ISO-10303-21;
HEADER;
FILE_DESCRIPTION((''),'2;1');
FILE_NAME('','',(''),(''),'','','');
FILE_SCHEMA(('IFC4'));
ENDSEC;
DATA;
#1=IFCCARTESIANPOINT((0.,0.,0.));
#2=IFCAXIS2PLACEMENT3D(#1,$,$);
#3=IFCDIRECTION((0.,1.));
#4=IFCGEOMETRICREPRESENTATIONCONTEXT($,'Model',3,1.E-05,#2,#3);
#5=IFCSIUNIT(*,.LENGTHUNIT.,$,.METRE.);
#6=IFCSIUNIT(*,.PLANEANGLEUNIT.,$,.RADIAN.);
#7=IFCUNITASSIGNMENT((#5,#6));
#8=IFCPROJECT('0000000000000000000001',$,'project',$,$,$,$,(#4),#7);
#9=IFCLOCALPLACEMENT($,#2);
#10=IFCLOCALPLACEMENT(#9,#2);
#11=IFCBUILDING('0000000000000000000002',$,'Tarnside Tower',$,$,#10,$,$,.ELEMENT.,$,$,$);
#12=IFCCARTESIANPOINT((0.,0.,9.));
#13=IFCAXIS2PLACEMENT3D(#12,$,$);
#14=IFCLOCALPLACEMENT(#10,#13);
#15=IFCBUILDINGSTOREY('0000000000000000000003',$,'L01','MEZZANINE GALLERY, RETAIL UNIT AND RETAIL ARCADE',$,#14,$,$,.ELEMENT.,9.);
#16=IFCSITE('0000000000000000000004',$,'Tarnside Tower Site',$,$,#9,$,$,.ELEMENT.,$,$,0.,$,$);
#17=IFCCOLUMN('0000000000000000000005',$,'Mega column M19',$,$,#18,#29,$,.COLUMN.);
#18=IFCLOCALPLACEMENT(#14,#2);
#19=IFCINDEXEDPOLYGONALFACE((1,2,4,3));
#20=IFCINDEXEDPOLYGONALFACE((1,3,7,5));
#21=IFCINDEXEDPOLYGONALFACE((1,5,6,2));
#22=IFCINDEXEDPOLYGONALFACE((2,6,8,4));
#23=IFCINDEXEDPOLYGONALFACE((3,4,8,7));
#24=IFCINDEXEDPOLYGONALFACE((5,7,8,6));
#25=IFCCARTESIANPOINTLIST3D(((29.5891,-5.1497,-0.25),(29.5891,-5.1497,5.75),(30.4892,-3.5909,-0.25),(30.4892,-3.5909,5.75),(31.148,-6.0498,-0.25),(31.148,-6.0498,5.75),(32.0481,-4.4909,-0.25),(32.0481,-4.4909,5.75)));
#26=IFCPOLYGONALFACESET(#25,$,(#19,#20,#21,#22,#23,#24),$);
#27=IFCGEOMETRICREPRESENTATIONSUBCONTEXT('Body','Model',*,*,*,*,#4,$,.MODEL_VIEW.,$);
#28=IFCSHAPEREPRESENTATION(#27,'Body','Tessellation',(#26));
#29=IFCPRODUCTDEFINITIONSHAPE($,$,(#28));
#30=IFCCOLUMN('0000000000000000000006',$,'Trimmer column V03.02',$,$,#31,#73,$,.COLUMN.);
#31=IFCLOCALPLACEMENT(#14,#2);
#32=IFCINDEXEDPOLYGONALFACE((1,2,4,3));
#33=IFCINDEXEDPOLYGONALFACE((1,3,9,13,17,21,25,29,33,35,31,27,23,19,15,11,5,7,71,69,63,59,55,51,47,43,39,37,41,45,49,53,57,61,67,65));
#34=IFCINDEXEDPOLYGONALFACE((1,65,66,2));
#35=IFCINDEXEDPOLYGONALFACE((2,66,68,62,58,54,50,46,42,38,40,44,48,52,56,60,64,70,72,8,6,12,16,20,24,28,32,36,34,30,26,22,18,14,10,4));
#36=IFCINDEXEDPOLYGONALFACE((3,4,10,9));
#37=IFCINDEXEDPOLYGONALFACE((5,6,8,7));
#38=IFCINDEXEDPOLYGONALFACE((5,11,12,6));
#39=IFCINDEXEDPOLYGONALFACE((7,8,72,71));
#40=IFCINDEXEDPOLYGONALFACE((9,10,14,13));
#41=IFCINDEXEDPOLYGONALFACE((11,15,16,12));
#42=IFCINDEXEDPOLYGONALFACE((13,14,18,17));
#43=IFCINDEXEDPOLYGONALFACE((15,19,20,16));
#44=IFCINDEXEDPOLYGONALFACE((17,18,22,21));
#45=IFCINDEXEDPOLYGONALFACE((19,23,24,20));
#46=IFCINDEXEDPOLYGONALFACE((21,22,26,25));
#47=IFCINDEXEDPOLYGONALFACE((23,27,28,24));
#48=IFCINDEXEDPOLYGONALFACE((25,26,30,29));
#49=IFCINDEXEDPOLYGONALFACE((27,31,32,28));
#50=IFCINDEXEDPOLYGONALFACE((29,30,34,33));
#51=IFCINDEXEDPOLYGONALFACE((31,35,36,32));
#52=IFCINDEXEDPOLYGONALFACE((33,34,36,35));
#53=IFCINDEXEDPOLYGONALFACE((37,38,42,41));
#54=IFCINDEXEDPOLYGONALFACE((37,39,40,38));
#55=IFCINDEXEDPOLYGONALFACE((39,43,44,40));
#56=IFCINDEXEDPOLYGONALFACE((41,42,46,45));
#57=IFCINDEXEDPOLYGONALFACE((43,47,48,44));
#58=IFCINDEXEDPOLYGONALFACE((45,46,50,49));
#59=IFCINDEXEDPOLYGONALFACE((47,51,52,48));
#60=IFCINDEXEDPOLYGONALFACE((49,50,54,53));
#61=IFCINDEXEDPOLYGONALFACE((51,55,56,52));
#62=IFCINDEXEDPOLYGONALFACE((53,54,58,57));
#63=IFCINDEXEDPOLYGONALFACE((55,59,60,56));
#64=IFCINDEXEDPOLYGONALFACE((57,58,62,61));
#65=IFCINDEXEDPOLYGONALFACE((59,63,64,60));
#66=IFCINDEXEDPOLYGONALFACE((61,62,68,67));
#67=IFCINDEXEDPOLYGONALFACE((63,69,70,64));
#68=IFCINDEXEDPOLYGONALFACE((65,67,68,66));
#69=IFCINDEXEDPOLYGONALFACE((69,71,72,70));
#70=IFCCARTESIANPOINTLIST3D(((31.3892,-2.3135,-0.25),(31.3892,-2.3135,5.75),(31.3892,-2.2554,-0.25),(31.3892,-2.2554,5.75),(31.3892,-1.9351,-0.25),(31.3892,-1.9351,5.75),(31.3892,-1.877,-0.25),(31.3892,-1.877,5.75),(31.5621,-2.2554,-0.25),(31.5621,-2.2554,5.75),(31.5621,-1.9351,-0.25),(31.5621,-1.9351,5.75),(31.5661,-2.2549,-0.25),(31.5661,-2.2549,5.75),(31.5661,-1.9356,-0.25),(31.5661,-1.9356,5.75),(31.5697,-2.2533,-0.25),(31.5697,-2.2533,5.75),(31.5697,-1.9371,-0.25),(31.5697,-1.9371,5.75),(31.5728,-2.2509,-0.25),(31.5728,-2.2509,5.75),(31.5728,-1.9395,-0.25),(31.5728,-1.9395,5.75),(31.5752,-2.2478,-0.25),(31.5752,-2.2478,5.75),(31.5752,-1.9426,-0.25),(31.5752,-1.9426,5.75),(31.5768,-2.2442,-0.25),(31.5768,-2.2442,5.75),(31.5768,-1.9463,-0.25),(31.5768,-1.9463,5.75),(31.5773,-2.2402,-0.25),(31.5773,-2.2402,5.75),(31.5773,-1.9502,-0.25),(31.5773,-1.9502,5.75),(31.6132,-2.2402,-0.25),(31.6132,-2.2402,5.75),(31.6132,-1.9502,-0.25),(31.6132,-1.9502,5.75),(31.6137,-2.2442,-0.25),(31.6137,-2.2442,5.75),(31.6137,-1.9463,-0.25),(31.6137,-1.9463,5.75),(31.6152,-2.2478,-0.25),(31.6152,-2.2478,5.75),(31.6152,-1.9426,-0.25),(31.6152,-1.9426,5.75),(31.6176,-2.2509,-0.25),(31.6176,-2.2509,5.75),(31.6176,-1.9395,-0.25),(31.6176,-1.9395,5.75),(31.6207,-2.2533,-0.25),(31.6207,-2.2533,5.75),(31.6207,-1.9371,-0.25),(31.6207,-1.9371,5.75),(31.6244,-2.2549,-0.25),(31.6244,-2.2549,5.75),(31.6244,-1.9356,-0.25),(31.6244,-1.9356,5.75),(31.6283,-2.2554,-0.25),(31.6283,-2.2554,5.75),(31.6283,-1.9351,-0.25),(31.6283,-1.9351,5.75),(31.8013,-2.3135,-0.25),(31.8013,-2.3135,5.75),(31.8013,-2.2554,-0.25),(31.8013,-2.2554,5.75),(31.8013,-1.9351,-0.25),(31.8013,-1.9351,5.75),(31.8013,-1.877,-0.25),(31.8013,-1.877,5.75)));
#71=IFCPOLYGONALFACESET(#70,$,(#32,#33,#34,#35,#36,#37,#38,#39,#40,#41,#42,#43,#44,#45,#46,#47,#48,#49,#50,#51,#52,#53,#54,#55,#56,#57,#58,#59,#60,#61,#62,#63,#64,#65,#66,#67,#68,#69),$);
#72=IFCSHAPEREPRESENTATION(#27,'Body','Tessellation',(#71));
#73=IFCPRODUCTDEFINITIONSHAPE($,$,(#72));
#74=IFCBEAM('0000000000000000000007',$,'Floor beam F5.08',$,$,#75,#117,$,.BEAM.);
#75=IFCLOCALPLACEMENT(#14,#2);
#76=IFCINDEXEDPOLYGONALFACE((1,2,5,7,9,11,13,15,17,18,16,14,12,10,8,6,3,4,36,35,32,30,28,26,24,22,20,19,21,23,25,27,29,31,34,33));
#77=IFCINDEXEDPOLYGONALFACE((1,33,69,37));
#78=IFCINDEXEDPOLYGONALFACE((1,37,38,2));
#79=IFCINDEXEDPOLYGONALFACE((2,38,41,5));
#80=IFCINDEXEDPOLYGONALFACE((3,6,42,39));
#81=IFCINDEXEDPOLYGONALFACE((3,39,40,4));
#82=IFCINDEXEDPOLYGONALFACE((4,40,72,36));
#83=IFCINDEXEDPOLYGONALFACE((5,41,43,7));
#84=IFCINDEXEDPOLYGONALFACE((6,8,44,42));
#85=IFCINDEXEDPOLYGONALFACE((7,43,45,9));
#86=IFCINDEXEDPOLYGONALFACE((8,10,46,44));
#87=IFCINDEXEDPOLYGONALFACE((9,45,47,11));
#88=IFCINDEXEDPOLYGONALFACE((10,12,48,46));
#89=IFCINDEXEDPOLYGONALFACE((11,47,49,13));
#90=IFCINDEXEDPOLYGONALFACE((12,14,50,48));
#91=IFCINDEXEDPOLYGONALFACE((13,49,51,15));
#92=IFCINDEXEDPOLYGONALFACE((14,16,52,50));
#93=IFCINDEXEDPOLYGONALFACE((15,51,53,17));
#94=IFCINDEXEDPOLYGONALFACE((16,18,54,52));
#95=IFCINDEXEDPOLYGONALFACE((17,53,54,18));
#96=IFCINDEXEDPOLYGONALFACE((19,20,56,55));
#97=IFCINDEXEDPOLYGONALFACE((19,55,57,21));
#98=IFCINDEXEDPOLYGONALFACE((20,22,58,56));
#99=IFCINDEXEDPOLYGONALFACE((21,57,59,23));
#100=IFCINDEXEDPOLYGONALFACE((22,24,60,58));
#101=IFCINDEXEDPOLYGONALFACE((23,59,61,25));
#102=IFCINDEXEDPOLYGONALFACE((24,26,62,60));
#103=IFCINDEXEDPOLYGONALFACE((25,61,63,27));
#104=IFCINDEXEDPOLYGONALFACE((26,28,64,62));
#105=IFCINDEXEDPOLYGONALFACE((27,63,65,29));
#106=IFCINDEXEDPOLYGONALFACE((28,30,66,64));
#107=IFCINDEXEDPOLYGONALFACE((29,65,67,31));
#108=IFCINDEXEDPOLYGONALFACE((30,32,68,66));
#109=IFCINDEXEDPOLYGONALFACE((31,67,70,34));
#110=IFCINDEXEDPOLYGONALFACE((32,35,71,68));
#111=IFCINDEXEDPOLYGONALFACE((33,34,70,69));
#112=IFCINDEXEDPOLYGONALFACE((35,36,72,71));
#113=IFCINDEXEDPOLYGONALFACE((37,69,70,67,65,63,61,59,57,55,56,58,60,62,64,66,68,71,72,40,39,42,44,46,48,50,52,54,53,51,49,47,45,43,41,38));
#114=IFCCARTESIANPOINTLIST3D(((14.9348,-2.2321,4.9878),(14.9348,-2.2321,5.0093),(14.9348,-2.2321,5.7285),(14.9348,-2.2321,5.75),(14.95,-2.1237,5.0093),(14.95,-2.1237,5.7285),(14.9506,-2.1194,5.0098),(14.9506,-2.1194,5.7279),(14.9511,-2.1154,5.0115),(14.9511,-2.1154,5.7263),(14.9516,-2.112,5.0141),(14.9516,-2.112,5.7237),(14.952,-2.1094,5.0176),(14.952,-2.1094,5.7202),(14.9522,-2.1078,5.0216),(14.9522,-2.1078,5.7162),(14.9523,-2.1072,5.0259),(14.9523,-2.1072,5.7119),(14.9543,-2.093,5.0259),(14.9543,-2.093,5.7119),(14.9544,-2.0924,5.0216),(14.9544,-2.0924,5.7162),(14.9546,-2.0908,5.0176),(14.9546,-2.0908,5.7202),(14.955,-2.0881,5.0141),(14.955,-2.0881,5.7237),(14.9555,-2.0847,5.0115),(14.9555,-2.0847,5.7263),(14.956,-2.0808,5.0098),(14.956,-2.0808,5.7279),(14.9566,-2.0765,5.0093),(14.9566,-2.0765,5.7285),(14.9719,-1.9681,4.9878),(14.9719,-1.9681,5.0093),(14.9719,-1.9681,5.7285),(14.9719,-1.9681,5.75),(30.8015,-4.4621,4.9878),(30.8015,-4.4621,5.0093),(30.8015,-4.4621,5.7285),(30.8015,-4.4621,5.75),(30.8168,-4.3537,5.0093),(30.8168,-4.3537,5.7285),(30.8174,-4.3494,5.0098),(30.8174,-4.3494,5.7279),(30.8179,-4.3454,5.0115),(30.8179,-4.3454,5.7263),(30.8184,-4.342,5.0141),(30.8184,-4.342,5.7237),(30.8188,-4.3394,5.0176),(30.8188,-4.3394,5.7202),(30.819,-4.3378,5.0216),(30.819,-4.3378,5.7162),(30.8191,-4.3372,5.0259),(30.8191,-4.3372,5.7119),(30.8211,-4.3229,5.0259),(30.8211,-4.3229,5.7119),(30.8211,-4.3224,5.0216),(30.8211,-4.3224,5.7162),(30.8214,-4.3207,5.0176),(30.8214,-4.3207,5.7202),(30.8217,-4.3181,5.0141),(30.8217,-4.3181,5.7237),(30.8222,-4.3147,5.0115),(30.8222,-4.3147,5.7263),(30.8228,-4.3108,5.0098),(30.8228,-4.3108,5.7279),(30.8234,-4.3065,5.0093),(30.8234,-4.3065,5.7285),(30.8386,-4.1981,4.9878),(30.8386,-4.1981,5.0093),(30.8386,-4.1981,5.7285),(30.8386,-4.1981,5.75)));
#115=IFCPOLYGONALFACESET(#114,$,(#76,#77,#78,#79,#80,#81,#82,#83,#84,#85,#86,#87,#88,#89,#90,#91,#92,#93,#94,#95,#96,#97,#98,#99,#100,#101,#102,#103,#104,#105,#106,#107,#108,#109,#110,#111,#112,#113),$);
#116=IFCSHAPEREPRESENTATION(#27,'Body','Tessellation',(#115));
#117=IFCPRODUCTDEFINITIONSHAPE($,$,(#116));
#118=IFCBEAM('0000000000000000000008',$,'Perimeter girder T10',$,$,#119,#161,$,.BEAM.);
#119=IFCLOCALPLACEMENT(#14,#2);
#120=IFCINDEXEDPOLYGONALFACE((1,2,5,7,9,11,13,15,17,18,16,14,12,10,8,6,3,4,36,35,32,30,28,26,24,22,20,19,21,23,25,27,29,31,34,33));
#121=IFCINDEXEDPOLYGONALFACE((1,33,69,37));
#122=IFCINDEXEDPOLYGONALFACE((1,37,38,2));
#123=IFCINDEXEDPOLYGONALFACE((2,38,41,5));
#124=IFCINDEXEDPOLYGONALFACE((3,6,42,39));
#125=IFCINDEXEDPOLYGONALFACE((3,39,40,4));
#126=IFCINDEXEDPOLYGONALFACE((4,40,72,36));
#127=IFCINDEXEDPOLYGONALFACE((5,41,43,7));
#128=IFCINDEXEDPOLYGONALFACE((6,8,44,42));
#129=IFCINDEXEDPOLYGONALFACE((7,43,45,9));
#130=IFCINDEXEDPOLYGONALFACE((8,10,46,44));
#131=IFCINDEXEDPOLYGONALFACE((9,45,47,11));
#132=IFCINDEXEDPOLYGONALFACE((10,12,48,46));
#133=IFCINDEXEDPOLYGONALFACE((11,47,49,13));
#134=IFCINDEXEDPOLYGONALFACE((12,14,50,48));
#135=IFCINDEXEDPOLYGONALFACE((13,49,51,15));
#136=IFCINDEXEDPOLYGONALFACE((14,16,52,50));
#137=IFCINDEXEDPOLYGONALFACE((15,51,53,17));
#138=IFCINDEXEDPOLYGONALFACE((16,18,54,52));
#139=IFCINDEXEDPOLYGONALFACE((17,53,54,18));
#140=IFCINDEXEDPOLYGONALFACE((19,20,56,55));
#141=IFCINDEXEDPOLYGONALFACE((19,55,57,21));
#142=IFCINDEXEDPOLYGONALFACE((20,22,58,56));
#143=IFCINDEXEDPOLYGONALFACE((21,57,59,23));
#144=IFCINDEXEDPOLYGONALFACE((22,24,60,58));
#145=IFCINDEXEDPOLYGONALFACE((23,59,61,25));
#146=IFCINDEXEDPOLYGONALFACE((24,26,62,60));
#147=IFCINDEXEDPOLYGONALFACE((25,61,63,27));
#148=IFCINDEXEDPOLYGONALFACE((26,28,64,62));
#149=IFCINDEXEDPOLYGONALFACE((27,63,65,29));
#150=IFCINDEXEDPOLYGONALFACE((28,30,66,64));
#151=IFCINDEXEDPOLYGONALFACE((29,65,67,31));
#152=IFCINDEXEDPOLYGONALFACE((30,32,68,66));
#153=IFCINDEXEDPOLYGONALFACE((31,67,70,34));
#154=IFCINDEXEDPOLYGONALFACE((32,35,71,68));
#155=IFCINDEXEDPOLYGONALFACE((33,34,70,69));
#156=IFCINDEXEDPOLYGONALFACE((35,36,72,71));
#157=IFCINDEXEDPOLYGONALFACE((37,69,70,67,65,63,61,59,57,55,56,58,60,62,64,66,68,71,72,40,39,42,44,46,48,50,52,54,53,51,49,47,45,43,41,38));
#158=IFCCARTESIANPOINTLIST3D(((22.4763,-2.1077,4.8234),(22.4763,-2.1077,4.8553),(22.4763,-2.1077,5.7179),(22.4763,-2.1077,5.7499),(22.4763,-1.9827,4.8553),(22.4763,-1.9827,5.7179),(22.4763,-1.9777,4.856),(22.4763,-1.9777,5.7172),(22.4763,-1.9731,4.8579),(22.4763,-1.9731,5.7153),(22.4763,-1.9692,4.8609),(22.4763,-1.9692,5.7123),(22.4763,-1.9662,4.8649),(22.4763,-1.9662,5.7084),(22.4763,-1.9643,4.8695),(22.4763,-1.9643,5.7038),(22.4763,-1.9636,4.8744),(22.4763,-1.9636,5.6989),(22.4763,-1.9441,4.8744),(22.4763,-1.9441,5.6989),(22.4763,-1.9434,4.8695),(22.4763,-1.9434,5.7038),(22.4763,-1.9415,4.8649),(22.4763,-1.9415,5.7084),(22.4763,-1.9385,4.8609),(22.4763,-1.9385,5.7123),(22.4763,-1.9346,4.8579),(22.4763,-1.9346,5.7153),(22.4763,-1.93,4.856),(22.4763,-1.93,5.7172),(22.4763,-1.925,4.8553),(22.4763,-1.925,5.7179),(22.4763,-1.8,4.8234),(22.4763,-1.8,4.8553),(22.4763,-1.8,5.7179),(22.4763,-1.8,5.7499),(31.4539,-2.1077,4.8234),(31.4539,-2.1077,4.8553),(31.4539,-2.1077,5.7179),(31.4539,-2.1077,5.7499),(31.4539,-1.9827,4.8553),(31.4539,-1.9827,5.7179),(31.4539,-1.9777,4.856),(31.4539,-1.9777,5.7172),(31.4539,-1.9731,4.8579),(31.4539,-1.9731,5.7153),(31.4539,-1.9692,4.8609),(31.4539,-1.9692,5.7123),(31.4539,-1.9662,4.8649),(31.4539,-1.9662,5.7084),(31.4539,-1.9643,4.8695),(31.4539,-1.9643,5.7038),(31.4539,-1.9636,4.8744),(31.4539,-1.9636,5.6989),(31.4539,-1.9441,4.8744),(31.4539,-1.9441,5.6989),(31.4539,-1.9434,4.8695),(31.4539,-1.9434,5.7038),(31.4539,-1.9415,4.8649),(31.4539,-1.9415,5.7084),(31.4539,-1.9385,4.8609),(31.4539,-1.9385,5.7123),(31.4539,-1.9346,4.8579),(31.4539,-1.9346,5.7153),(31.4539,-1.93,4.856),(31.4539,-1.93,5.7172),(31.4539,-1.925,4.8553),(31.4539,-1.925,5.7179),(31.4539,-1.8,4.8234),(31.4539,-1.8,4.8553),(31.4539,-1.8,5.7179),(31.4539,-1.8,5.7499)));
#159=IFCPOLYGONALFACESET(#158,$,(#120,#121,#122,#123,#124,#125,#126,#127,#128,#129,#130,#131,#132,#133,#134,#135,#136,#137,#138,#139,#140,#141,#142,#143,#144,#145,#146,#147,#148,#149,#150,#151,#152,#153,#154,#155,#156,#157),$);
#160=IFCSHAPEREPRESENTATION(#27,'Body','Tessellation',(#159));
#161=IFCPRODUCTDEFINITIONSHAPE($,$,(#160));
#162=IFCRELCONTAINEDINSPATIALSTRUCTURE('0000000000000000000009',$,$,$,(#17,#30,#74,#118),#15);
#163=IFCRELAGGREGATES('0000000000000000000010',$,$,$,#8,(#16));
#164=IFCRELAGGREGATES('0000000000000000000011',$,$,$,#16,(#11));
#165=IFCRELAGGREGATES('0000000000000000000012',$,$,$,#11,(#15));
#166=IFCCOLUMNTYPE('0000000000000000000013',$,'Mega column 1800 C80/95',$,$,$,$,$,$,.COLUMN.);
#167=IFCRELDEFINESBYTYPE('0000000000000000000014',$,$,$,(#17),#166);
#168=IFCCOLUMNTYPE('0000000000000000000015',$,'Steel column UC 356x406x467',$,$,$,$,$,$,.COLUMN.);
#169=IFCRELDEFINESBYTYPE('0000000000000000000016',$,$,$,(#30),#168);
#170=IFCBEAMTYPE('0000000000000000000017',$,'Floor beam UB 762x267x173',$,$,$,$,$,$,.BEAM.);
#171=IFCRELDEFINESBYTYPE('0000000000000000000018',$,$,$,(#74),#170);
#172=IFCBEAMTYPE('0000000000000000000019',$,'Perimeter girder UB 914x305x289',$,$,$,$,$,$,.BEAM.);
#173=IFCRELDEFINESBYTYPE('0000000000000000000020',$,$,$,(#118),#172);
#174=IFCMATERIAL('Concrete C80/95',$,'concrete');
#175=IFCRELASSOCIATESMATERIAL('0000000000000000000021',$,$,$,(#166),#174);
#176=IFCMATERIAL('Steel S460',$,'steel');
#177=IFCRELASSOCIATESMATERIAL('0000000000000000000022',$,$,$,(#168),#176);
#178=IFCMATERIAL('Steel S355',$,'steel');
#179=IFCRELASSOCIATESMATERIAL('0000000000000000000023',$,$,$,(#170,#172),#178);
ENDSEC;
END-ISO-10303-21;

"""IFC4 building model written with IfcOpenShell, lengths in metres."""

from ifc_helpers import new_model, si_unit, direction, frame, origin, origin_2d, place, context, subcontext, project, spatial, rectangle, i_section, extrude, material, material_profile, profile_set, type_object, element, save


model = new_model("IFC4")

# Units and contexts
model_context = context("Model", 3, precision=1e-05, world=origin(), true_north=direction((0.0, 1.0)))
body_context = subcontext(model_context, "Body", "Model", "MODEL_VIEW")
ifc_project = project(units=[si_unit("LENGTHUNIT", "METRE"), si_unit("PLANEANGLEUNIT", "RADIAN")], contexts=[model_context])

# Site, building, storey
site_placement = place(None, origin())
site = spatial("IfcSite", under=ifc_project, at=site_placement, Name="Tarnside Tower Site", CompositionType="ELEMENT", RefElevation=0.0)
building_placement = place(site_placement, origin())
building = spatial("IfcBuilding", under=site, at=building_placement, Name="Tarnside Tower", CompositionType="ELEMENT")
storey_placement = place(building_placement, frame((0.0, 0.0, 9.0)))
storey = spatial("IfcBuildingStorey", under=building, at=storey_placement, Name="L01", Description="MEZZANINE GALLERY, RETAIL UNIT AND RETAIL ARCADE", CompositionType="ELEMENT", Elevation=9.0)

# Columns
ifc_material_1 = material(Name="Concrete C80/95", Category="concrete")
ifc_material_profile_1 = material_profile(ifc_material_1, rectangle(XDim=1.8, YDim=1.8, at=origin_2d()), Name="Mega column 1800x1800")
ifc_profile_set_1 = profile_set([ifc_material_profile_1], Name="Concrete C80/95")
column_type_1 = type_object("IfcColumnType", Name="Mega column 1800 C80/95", PredefinedType="COLUMN", material=ifc_profile_set_1)
column_1_placement = place(storey_placement, frame((30.8186, -4.8203, -0.25), z_axis=(0.0, 0.0, 1.0), x_axis=(-0.5, -0.866025, 0.0)))
element("IfcColumn", 1, at=column_1_placement, inside=storey, type_object=column_type_1, Name="Mega column M19", PredefinedType="COLUMN", context=body_context, shape_type="SweptSolid", body=[
    extrude(rectangle(XDim=1.8, YDim=1.8, at=origin_2d()), origin(), (0.0, 0.0, 1.0), 6.0),
])
ifc_material_2 = material(Name="Steel S460", Category="steel")
ifc_material_profile_2 = material_profile(ifc_material_2, i_section(OverallWidth=0.4121, OverallDepth=0.4365, WebThickness=0.0359, FlangeThickness=0.0581, FilletRadius=0.0151, at=origin_2d()), Name="UC 356x406x467")
ifc_profile_set_2 = profile_set([ifc_material_profile_2], Name="Steel S460")
column_type_2 = type_object("IfcColumnType", Name="Steel column UC 356x406x467", PredefinedType="COLUMN", material=ifc_profile_set_2)
column_2_placement = place(storey_placement, frame((31.5952, -2.0952, -0.25), z_axis=(0.0, 0.0, 1.0), x_axis=(1.0, 0.0, 0.0)))
element("IfcColumn", 2, at=column_2_placement, inside=storey, type_object=column_type_2, Name="Trimmer column V03.02", PredefinedType="COLUMN", context=body_context, shape_type="SweptSolid", body=[
    extrude(i_section(OverallWidth=0.4121, OverallDepth=0.4365, WebThickness=0.0359, FlangeThickness=0.0581, FilletRadius=0.0151, at=origin_2d()), origin(), (0.0, 0.0, 1.0), 6.0),
])

# Beams
ifc_material_3 = material(Name="Steel S355", Category="steel")
ifc_material_profile_3 = material_profile(ifc_material_3, i_section(OverallWidth=0.2666, OverallDepth=0.7622, WebThickness=0.0144, FlangeThickness=0.0215, FilletRadius=0.0166, at=origin_2d()), Name="UB 762x267x173")
ifc_profile_set_3 = profile_set([ifc_material_profile_3], Name="Steel S355")
beam_type_1 = type_object("IfcBeamType", Name="Floor beam UB 762x267x173", PredefinedType="BEAM", material=ifc_profile_set_3)
beam_1_placement = place(storey_placement, frame((30.8201, -4.3301, 5.3689), z_axis=(-0.990268, 0.139177, 0.0), x_axis=(-0.139177, -0.990268, 0.0)))
element("IfcBeam", 3, at=beam_1_placement, inside=storey, type_object=beam_type_1, Name="Floor beam F5.08", PredefinedType="BEAM", context=body_context, shape_type="SweptSolid", body=[
    extrude(i_section(OverallWidth=0.2666, OverallDepth=0.7622, WebThickness=0.0144, FlangeThickness=0.0215, FilletRadius=0.0166, at=origin_2d()), origin(), (0.0, 0.0, 1.0), 16.0227),
])
ifc_material_profile_4 = material_profile(ifc_material_3, i_section(OverallWidth=0.3076, OverallDepth=0.9265, WebThickness=0.0195, FlangeThickness=0.032, FilletRadius=0.019, at=origin_2d()), Name="UB 914x305x289")
ifc_profile_set_4 = profile_set([ifc_material_profile_4], Name="Steel S355")
beam_type_2 = type_object("IfcBeamType", Name="Perimeter girder UB 914x305x289", PredefinedType="BEAM", material=ifc_profile_set_4)
beam_2_placement = place(storey_placement, frame((31.4539, -1.9539, 5.2866), z_axis=(-1.0, 0.0, 0.0), x_axis=(0.0, -1.0, 0.0)))
element("IfcBeam", 4, at=beam_2_placement, inside=storey, type_object=beam_type_2, Name="Perimeter girder T10", PredefinedType="BEAM", context=body_context, shape_type="SweptSolid", body=[
    extrude(i_section(OverallWidth=0.3076, OverallDepth=0.9265, WebThickness=0.0195, FlangeThickness=0.032, FilletRadius=0.019, at=origin_2d()), origin(), (0.0, 0.0, 1.0), 8.9775),
])

save(model, "model.ifc")
